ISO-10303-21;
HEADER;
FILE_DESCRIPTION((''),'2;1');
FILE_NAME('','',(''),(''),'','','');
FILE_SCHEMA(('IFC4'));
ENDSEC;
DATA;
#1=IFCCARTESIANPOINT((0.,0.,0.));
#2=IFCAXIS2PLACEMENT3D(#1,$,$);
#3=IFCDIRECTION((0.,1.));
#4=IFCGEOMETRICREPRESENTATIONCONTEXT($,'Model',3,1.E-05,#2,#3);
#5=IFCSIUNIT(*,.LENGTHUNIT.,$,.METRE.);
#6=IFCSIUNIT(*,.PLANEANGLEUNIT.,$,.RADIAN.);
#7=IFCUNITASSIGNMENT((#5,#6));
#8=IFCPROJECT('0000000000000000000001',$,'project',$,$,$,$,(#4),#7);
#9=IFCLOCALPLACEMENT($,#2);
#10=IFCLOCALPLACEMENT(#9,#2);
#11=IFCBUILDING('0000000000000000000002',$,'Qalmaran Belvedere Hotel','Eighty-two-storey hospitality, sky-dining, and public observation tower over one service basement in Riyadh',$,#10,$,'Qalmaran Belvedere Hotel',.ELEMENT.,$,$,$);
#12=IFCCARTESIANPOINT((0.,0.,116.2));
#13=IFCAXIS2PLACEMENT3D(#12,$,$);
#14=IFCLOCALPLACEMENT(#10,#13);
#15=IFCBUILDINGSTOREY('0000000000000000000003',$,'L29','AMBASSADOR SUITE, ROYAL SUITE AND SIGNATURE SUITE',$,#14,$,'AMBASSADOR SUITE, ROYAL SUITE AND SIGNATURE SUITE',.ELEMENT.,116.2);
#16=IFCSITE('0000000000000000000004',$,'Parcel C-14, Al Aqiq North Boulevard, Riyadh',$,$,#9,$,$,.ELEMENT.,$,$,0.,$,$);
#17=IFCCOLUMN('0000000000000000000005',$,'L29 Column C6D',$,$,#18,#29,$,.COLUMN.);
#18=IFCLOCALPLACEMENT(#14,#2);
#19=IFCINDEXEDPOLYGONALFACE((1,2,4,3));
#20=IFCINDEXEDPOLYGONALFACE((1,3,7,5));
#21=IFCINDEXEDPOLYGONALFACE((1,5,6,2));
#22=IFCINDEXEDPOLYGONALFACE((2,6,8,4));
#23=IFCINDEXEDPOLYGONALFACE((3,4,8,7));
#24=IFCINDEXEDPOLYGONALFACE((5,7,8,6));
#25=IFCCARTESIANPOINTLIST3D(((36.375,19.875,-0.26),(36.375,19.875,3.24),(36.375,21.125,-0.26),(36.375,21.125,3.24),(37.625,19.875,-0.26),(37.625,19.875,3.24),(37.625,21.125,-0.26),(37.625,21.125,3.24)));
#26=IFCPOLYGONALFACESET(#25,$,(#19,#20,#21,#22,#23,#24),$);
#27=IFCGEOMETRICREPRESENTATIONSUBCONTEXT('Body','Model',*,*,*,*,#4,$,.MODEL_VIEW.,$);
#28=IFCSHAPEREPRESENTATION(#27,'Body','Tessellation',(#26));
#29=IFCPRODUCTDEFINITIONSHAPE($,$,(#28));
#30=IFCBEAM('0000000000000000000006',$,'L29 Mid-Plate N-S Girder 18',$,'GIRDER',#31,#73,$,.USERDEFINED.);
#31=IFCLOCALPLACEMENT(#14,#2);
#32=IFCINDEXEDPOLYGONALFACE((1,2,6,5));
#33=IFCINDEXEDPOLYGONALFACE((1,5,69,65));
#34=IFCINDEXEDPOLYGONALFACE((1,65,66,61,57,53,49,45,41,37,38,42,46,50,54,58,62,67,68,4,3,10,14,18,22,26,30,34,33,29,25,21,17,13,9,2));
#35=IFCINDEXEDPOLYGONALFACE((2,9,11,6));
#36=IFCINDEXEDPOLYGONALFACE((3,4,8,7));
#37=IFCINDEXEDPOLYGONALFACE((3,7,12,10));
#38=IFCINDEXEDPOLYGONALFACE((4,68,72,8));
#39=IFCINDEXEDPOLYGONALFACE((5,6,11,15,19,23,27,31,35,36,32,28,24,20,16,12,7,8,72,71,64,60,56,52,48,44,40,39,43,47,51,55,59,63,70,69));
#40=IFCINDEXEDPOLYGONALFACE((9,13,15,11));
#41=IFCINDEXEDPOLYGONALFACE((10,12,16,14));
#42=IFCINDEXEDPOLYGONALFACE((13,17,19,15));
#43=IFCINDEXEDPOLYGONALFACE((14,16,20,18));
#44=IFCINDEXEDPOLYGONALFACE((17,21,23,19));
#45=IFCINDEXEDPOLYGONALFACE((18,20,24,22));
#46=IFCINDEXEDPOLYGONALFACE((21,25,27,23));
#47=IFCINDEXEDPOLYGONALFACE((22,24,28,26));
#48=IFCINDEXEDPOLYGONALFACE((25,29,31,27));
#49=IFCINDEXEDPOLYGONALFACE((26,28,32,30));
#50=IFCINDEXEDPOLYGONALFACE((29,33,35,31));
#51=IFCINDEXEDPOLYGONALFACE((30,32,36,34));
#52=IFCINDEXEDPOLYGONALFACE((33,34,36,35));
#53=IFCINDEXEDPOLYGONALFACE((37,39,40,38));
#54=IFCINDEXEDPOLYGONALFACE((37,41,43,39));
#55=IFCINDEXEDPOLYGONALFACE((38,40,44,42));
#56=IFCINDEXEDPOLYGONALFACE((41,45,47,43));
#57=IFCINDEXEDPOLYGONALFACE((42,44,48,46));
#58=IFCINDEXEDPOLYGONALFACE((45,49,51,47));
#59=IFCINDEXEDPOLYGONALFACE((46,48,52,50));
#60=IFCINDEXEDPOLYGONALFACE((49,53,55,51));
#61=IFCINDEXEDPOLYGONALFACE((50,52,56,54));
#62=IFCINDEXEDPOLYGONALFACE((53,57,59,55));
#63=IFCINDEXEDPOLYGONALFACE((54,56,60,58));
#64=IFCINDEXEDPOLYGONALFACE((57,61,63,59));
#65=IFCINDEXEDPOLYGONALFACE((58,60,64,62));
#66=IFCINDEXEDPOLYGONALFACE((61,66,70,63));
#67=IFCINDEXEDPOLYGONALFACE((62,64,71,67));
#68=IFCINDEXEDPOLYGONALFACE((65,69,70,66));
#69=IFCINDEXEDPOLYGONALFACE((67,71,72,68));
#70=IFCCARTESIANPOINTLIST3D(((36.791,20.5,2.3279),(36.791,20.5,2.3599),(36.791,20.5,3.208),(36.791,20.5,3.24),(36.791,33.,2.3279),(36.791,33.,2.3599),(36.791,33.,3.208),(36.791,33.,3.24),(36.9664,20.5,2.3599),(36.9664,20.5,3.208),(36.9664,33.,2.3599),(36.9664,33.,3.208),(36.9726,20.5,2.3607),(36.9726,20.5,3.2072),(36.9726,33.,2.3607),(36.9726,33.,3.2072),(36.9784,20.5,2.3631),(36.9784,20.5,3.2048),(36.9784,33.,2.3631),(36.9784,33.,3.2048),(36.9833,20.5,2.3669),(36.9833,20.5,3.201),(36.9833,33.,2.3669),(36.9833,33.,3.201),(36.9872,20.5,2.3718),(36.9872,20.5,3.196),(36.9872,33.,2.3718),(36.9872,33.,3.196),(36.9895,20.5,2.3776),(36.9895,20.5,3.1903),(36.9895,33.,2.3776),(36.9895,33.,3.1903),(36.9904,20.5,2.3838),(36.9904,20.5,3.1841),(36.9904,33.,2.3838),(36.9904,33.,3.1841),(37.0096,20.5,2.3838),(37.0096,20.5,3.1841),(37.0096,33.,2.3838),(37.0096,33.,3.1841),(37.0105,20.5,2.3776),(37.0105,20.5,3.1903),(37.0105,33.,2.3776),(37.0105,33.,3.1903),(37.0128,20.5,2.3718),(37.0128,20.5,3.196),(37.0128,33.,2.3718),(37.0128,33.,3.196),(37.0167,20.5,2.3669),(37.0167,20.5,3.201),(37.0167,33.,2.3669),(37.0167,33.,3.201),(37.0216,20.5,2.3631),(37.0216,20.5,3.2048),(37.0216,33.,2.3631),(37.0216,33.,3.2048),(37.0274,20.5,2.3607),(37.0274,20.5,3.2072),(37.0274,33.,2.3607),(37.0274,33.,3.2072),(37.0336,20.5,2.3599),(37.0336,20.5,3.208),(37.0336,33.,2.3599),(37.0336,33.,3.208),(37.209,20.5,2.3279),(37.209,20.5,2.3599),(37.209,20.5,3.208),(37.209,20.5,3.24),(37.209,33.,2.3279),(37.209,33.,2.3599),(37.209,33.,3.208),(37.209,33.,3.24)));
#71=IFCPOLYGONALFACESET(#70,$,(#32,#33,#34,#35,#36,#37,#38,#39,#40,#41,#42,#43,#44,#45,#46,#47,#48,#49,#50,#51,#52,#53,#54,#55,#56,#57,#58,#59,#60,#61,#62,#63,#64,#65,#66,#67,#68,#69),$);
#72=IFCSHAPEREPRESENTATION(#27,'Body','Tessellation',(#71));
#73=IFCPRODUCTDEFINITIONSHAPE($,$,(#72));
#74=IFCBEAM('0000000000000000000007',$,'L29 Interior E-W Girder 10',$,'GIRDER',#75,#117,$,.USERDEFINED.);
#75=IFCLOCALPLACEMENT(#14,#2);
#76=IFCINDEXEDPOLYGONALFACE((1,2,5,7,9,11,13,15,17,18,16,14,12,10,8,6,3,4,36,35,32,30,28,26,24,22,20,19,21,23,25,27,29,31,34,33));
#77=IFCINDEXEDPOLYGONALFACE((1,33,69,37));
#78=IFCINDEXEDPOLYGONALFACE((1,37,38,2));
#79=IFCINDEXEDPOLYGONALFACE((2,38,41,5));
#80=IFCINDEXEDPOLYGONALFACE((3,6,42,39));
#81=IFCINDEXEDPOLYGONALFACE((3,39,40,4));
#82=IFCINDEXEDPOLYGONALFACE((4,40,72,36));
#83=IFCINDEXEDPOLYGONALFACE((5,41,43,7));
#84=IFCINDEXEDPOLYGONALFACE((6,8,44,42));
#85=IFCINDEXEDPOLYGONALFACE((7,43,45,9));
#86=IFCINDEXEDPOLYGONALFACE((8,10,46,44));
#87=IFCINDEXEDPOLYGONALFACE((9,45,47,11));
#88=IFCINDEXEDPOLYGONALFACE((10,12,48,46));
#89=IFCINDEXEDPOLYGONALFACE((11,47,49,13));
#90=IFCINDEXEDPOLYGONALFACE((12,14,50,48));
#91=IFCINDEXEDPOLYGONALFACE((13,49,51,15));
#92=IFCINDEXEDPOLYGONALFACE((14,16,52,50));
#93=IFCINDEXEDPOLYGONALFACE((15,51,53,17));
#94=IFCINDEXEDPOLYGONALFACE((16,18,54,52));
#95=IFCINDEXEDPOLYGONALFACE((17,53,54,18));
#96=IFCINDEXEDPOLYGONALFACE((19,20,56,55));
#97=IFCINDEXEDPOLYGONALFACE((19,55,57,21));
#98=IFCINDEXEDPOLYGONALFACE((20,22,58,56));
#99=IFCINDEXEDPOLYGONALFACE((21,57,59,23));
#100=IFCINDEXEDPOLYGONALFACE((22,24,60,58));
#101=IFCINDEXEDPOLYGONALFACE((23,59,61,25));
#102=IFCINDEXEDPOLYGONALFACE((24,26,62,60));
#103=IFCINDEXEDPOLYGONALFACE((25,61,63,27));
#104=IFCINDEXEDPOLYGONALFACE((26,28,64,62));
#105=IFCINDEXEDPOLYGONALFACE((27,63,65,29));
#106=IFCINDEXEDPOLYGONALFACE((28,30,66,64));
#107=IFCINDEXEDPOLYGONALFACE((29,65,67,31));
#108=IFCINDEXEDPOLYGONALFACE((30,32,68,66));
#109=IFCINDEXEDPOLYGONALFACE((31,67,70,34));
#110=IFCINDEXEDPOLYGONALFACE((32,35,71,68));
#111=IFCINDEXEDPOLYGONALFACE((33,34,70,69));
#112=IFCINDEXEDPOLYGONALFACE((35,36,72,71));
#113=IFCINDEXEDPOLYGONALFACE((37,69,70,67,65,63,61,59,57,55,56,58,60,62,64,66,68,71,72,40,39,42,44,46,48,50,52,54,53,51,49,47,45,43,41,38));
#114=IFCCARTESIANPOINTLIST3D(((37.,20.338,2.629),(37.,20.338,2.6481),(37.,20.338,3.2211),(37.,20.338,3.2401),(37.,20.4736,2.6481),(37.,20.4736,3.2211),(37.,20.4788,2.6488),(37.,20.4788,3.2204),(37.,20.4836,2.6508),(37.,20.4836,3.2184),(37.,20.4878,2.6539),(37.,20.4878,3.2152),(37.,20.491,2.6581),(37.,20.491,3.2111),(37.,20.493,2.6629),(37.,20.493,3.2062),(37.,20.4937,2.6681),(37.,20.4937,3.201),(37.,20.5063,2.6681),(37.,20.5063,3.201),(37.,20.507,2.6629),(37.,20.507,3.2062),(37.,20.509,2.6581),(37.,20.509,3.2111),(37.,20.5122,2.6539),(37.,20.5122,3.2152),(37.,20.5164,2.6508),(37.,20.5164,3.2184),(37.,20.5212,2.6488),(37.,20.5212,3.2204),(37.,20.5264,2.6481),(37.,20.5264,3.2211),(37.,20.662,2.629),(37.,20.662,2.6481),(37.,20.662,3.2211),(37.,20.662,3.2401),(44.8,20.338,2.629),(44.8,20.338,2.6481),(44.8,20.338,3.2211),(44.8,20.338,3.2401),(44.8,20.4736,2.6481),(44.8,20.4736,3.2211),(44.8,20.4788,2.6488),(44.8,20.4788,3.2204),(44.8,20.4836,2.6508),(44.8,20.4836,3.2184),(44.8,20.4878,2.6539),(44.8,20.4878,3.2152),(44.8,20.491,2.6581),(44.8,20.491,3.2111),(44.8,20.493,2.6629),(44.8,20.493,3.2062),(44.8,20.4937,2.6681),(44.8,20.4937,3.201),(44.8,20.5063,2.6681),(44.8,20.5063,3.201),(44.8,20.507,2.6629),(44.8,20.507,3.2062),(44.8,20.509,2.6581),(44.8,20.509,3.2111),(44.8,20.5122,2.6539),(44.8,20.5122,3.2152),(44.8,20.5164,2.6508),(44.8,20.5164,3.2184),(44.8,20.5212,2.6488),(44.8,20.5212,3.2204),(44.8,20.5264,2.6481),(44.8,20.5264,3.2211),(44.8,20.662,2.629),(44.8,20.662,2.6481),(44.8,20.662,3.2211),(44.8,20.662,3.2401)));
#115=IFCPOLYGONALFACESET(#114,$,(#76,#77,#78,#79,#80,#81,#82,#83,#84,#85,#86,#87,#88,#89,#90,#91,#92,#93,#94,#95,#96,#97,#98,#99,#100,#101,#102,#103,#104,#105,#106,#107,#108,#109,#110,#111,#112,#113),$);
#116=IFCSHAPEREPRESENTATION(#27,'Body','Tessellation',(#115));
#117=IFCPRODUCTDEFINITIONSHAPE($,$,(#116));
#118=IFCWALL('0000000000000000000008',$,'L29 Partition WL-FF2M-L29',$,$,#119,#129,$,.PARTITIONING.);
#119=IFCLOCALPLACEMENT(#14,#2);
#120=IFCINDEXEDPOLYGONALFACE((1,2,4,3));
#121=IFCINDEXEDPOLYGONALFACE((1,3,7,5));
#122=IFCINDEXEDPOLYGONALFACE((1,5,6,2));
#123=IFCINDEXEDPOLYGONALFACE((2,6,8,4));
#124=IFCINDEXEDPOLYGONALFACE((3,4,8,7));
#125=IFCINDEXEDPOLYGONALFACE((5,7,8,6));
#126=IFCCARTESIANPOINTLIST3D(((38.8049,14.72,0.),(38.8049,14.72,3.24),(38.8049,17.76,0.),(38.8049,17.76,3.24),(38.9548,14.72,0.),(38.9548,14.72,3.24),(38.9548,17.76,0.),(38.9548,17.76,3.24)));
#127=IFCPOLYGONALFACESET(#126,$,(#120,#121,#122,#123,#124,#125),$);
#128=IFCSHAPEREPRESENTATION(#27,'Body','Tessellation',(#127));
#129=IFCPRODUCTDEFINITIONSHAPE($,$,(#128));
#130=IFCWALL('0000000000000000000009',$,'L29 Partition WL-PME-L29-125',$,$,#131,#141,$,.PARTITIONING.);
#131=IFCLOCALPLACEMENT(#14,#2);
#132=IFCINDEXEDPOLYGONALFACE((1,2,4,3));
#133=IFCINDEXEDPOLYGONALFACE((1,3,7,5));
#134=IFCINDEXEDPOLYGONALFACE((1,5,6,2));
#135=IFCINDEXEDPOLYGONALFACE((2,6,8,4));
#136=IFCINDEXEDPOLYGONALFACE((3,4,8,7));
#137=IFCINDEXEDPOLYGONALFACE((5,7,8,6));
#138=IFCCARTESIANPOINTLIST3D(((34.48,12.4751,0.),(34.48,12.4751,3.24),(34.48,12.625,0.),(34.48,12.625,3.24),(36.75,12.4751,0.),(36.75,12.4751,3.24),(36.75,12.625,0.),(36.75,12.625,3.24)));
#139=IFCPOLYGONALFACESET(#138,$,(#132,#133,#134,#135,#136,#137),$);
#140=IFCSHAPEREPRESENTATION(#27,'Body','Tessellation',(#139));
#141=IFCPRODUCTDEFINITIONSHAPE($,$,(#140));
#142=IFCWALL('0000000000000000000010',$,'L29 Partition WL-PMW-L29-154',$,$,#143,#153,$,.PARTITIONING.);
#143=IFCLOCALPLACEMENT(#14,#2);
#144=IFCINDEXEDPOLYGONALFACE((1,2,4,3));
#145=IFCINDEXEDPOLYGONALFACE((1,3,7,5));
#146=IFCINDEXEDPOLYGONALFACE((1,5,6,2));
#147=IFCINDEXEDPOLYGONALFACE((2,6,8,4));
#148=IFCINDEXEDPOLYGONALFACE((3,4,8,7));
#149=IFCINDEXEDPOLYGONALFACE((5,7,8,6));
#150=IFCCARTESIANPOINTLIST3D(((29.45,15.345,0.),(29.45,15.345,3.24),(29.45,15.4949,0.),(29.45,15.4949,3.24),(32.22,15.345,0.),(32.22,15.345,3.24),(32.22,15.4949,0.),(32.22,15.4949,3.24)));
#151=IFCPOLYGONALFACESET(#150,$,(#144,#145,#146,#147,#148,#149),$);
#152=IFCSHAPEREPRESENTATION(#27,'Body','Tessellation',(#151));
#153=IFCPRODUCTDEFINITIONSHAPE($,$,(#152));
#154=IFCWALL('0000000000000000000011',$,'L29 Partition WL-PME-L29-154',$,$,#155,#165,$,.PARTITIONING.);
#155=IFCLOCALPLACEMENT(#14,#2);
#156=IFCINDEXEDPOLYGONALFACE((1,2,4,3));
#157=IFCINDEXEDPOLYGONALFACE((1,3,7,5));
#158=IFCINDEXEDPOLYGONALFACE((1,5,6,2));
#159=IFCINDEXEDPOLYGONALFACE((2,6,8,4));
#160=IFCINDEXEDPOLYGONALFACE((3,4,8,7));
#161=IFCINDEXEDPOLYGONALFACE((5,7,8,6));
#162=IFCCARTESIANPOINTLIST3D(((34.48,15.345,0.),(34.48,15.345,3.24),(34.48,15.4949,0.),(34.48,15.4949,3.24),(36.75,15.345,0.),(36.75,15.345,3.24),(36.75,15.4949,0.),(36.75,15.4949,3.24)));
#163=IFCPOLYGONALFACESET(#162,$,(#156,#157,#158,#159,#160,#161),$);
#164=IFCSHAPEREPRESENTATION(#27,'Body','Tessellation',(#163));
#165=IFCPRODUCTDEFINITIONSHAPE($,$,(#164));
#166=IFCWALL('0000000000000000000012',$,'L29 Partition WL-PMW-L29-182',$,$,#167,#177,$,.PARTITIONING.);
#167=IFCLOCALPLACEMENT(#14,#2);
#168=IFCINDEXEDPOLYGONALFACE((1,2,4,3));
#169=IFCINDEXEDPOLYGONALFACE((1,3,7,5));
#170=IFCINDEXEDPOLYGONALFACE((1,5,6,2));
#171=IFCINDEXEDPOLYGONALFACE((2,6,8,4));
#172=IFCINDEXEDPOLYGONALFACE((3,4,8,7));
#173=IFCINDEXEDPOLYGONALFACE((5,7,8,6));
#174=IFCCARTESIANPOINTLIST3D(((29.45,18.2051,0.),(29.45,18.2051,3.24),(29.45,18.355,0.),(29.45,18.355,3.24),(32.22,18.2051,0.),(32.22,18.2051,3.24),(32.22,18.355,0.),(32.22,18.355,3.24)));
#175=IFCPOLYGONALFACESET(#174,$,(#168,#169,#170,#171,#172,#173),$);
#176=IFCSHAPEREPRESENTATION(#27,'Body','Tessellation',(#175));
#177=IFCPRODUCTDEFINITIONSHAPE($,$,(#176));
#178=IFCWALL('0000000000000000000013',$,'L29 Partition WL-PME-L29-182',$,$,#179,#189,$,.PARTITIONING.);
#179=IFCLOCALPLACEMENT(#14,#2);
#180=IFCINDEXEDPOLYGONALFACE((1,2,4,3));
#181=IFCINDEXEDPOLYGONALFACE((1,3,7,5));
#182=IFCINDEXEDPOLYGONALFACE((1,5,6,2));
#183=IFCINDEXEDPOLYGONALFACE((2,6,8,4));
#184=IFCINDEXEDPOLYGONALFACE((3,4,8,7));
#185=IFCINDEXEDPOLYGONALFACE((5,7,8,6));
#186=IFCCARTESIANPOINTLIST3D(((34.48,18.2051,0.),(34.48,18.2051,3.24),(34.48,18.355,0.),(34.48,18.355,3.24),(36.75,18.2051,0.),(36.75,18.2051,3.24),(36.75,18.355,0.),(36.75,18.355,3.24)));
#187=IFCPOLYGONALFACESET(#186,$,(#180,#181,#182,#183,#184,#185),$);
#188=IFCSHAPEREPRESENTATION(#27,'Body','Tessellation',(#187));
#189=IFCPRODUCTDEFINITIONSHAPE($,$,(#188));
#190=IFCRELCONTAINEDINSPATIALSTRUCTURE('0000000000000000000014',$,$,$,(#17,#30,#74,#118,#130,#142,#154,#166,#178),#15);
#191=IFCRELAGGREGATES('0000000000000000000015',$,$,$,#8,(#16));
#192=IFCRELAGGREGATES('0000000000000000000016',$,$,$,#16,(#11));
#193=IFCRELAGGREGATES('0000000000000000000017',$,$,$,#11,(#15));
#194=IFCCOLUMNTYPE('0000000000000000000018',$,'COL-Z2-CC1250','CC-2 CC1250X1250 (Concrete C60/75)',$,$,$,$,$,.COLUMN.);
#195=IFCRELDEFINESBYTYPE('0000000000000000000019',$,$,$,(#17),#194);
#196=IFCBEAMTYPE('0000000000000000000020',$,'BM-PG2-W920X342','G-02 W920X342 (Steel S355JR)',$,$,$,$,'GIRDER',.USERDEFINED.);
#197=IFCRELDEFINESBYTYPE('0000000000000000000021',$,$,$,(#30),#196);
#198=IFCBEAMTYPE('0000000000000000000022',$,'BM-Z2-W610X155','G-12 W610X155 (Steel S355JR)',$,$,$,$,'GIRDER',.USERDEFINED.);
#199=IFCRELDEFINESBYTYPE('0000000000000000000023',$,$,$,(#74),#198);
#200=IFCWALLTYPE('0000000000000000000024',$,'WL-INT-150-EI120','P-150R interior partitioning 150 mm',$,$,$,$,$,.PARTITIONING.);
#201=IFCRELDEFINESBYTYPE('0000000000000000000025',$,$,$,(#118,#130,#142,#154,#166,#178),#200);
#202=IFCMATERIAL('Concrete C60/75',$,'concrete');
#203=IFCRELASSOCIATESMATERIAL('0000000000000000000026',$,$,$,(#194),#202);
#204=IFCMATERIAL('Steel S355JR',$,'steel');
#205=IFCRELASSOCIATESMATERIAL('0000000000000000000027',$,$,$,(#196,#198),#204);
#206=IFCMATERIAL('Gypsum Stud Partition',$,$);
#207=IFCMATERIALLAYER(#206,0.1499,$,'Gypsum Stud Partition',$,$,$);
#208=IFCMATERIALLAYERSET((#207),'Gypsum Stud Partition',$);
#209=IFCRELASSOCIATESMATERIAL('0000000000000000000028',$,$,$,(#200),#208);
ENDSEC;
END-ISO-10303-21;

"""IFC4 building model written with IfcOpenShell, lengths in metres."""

from ifc_helpers import new_model, si_unit, direction, frame, frame_2d, origin, origin_2d, place, context, subcontext, project, spatial, rectangle, i_section, extrude, material, layer, layer_set, material_profile, profile_set, type_object, element, save


model = new_model("IFC4")

# Units and contexts
model_context = context("Model", 3, precision=1e-05, world=origin(), true_north=direction((0.0, 1.0)))
body_context = subcontext(model_context, "Body", "Model", "MODEL_VIEW")
ifc_project = project(units=[si_unit("LENGTHUNIT", "METRE"), si_unit("PLANEANGLEUNIT", "RADIAN")], contexts=[model_context])

# Site, building, storey
site_placement = place(None, origin())
site = spatial("IfcSite", under=ifc_project, at=site_placement, Name="Parcel C-14, Al Aqiq North Boulevard, Riyadh", CompositionType="ELEMENT", RefElevation=0.0)
building_placement = place(site_placement, origin())
building = spatial("IfcBuilding", under=site, at=building_placement, Name="Qalmaran Belvedere Hotel", Description="Eighty-two-storey hospitality, sky-dining, and public observation tower over one service basement in Riyadh", LongName="Qalmaran Belvedere Hotel", CompositionType="ELEMENT")
storey_placement = place(building_placement, frame((0.0, 0.0, 116.2)))
storey = spatial("IfcBuildingStorey", under=building, at=storey_placement, Name="L29", Description="AMBASSADOR SUITE, ROYAL SUITE AND SIGNATURE SUITE", LongName="AMBASSADOR SUITE, ROYAL SUITE AND SIGNATURE SUITE", CompositionType="ELEMENT", Elevation=116.2)

# Column
ifc_material_1 = material(Name="Concrete C60/75", Category="concrete")
ifc_material_profile_1 = material_profile(ifc_material_1, rectangle(XDim=1.25, YDim=1.25, at=origin_2d()), Name="CC1250X1250")
ifc_profile_set_1 = profile_set([ifc_material_profile_1], Name="Concrete C60/75")
column_type = type_object("IfcColumnType", Name="COL-Z2-CC1250", Description="CC-2 CC1250X1250 (Concrete C60/75)", PredefinedType="COLUMN", material=ifc_profile_set_1)
column_placement = place(storey_placement, frame((37.0, 20.5, -0.26), z_axis=(0.0, 0.0, 1.0), x_axis=(1.0, 0.0, 0.0)))
element("IfcColumn", 1, at=column_placement, inside=storey, type_object=column_type, Name="L29 Column C6D", PredefinedType="COLUMN", context=body_context, shape_type="SweptSolid", body=[
    extrude(rectangle(XDim=1.25, YDim=1.25, at=origin_2d()), origin(), (0.0, 0.0, 1.0), 3.5),
])

# Beams
ifc_material_2 = material(Name="Steel S355JR", Category="steel")
ifc_material_profile_2 = material_profile(ifc_material_2, i_section(OverallWidth=0.418, OverallDepth=0.9121, WebThickness=0.0193, FlangeThickness=0.032, FilletRadius=0.0239, at=origin_2d()), Name="W920X342")
ifc_profile_set_2 = profile_set([ifc_material_profile_2], Name="Steel S355JR")
beam_type_1 = type_object("IfcBeamType", Name="BM-PG2-W920X342", Description="G-02 W920X342 (Steel S355JR)", ElementType="GIRDER", PredefinedType="USERDEFINED", material=ifc_profile_set_2)
beam_1_placement = place(storey_placement, frame((37.0, 20.5, 2.7839), z_axis=(0.0, 1.0, 0.0), x_axis=(-1.0, 0.0, 0.0)))
element("IfcBeam", 2, at=beam_1_placement, inside=storey, type_object=beam_type_1, Name="L29 Mid-Plate N-S Girder 18", ObjectType="GIRDER", PredefinedType="USERDEFINED", context=body_context, shape_type="SweptSolid", body=[
    extrude(i_section(OverallWidth=0.418, OverallDepth=0.9121, WebThickness=0.0193, FlangeThickness=0.032, FilletRadius=0.0239, at=origin_2d()), origin(), (0.0, 0.0, 1.0), 12.5),
])
ifc_material_profile_3 = material_profile(ifc_material_2, i_section(OverallWidth=0.324, OverallDepth=0.6111, WebThickness=0.0127, FlangeThickness=0.019, FilletRadius=0.02, at=origin_2d()), Name="W610X155")
ifc_profile_set_3 = profile_set([ifc_material_profile_3], Name="Steel S355JR")
beam_type_2 = type_object("IfcBeamType", Name="BM-Z2-W610X155", Description="G-12 W610X155 (Steel S355JR)", ElementType="GIRDER", PredefinedType="USERDEFINED", material=ifc_profile_set_3)
beam_2_placement = place(storey_placement, frame((37.0, 20.5, 2.9346), z_axis=(1.0, 0.0, 0.0), x_axis=(0.0, 1.0, 0.0)))
element("IfcBeam", 3, at=beam_2_placement, inside=storey, type_object=beam_type_2, Name="L29 Interior E-W Girder 10", ObjectType="GIRDER", PredefinedType="USERDEFINED", context=body_context, shape_type="SweptSolid", body=[
    extrude(i_section(OverallWidth=0.324, OverallDepth=0.6111, WebThickness=0.0127, FlangeThickness=0.019, FilletRadius=0.02, at=origin_2d()), origin(), (0.0, 0.0, 1.0), 7.8),
])

# Walls
ifc_material_3 = material(Name="Gypsum Stud Partition")
ifc_layer_1 = layer(ifc_material_3, 0.1499, Name="Gypsum Stud Partition")
ifc_layer_set_1 = layer_set([ifc_layer_1], Name="Gypsum Stud Partition")
wall_type_1 = type_object("IfcWallType", Name="WL-INT-150-EI120", Description="P-150R interior partitioning 150 mm", PredefinedType="PARTITIONING", material=ifc_layer_set_1)
wall_1_placement = place(storey_placement, frame((38.8799, 14.72, 0.0), z_axis=(0.0, 0.0, 1.0), x_axis=(0.0, 1.0, 0.0)))
element("IfcWall", 4, at=wall_1_placement, inside=storey, type_object=wall_type_1, Name="L29 Partition WL-FF2M-L29", PredefinedType="PARTITIONING", context=body_context, shape_type="SweptSolid", body=[
    extrude(rectangle(XDim=3.04, YDim=0.1499, at=frame_2d((1.52, 0.0))), origin(), (0.0, 0.0, 1.0), 3.24),
])
wall_2_placement = place(storey_placement, frame((34.48, 12.55, 0.0), z_axis=(0.0, 0.0, 1.0), x_axis=(1.0, 0.0, 0.0)))
element("IfcWall", 5, at=wall_2_placement, inside=storey, type_object=wall_type_1, Name="L29 Partition WL-PME-L29-125", PredefinedType="PARTITIONING", context=body_context, shape_type="SweptSolid", body=[
    extrude(rectangle(XDim=2.27, YDim=0.1499, at=frame_2d((1.135, 0.0))), origin(), (0.0, 0.0, 1.0), 3.24),
])
wall_3_placement = place(storey_placement, frame((29.45, 15.4199, 0.0), z_axis=(0.0, 0.0, 1.0), x_axis=(1.0, 0.0, 0.0)))
element("IfcWall", 6, at=wall_3_placement, inside=storey, type_object=wall_type_1, Name="L29 Partition WL-PMW-L29-154", PredefinedType="PARTITIONING", context=body_context, shape_type="SweptSolid", body=[
    extrude(rectangle(XDim=2.77, YDim=0.1499, at=frame_2d((1.385, 0.0))), origin(), (0.0, 0.0, 1.0), 3.24),
])
wall_4_placement = place(storey_placement, frame((34.48, 15.4199, 0.0), z_axis=(0.0, 0.0, 1.0), x_axis=(1.0, 0.0, 0.0)))
element("IfcWall", 7, at=wall_4_placement, inside=storey, type_object=wall_type_1, Name="L29 Partition WL-PME-L29-154", PredefinedType="PARTITIONING", context=body_context, shape_type="SweptSolid", body=[
    extrude(rectangle(XDim=2.27, YDim=0.1499, at=frame_2d((1.135, 0.0))), origin(), (0.0, 0.0, 1.0), 3.24),
])
wall_5_placement = place(storey_placement, frame((29.45, 18.28, 0.0), z_axis=(0.0, 0.0, 1.0), x_axis=(1.0, 0.0, 0.0)))
element("IfcWall", 8, at=wall_5_placement, inside=storey, type_object=wall_type_1, Name="L29 Partition WL-PMW-L29-182", PredefinedType="PARTITIONING", context=body_context, shape_type="SweptSolid", body=[
    extrude(rectangle(XDim=2.77, YDim=0.1499, at=frame_2d((1.385, 0.0))), origin(), (0.0, 0.0, 1.0), 3.24),
])
wall_6_placement = place(storey_placement, frame((34.48, 18.28, 0.0), z_axis=(0.0, 0.0, 1.0), x_axis=(1.0, 0.0, 0.0)))
element("IfcWall", 9, at=wall_6_placement, inside=storey, type_object=wall_type_1, Name="L29 Partition WL-PME-L29-182", PredefinedType="PARTITIONING", context=body_context, shape_type="SweptSolid", body=[
    extrude(rectangle(XDim=2.27, YDim=0.1499, at=frame_2d((1.135, 0.0))), origin(), (0.0, 0.0, 1.0), 3.24),
])

save(model, "model.ifc")
